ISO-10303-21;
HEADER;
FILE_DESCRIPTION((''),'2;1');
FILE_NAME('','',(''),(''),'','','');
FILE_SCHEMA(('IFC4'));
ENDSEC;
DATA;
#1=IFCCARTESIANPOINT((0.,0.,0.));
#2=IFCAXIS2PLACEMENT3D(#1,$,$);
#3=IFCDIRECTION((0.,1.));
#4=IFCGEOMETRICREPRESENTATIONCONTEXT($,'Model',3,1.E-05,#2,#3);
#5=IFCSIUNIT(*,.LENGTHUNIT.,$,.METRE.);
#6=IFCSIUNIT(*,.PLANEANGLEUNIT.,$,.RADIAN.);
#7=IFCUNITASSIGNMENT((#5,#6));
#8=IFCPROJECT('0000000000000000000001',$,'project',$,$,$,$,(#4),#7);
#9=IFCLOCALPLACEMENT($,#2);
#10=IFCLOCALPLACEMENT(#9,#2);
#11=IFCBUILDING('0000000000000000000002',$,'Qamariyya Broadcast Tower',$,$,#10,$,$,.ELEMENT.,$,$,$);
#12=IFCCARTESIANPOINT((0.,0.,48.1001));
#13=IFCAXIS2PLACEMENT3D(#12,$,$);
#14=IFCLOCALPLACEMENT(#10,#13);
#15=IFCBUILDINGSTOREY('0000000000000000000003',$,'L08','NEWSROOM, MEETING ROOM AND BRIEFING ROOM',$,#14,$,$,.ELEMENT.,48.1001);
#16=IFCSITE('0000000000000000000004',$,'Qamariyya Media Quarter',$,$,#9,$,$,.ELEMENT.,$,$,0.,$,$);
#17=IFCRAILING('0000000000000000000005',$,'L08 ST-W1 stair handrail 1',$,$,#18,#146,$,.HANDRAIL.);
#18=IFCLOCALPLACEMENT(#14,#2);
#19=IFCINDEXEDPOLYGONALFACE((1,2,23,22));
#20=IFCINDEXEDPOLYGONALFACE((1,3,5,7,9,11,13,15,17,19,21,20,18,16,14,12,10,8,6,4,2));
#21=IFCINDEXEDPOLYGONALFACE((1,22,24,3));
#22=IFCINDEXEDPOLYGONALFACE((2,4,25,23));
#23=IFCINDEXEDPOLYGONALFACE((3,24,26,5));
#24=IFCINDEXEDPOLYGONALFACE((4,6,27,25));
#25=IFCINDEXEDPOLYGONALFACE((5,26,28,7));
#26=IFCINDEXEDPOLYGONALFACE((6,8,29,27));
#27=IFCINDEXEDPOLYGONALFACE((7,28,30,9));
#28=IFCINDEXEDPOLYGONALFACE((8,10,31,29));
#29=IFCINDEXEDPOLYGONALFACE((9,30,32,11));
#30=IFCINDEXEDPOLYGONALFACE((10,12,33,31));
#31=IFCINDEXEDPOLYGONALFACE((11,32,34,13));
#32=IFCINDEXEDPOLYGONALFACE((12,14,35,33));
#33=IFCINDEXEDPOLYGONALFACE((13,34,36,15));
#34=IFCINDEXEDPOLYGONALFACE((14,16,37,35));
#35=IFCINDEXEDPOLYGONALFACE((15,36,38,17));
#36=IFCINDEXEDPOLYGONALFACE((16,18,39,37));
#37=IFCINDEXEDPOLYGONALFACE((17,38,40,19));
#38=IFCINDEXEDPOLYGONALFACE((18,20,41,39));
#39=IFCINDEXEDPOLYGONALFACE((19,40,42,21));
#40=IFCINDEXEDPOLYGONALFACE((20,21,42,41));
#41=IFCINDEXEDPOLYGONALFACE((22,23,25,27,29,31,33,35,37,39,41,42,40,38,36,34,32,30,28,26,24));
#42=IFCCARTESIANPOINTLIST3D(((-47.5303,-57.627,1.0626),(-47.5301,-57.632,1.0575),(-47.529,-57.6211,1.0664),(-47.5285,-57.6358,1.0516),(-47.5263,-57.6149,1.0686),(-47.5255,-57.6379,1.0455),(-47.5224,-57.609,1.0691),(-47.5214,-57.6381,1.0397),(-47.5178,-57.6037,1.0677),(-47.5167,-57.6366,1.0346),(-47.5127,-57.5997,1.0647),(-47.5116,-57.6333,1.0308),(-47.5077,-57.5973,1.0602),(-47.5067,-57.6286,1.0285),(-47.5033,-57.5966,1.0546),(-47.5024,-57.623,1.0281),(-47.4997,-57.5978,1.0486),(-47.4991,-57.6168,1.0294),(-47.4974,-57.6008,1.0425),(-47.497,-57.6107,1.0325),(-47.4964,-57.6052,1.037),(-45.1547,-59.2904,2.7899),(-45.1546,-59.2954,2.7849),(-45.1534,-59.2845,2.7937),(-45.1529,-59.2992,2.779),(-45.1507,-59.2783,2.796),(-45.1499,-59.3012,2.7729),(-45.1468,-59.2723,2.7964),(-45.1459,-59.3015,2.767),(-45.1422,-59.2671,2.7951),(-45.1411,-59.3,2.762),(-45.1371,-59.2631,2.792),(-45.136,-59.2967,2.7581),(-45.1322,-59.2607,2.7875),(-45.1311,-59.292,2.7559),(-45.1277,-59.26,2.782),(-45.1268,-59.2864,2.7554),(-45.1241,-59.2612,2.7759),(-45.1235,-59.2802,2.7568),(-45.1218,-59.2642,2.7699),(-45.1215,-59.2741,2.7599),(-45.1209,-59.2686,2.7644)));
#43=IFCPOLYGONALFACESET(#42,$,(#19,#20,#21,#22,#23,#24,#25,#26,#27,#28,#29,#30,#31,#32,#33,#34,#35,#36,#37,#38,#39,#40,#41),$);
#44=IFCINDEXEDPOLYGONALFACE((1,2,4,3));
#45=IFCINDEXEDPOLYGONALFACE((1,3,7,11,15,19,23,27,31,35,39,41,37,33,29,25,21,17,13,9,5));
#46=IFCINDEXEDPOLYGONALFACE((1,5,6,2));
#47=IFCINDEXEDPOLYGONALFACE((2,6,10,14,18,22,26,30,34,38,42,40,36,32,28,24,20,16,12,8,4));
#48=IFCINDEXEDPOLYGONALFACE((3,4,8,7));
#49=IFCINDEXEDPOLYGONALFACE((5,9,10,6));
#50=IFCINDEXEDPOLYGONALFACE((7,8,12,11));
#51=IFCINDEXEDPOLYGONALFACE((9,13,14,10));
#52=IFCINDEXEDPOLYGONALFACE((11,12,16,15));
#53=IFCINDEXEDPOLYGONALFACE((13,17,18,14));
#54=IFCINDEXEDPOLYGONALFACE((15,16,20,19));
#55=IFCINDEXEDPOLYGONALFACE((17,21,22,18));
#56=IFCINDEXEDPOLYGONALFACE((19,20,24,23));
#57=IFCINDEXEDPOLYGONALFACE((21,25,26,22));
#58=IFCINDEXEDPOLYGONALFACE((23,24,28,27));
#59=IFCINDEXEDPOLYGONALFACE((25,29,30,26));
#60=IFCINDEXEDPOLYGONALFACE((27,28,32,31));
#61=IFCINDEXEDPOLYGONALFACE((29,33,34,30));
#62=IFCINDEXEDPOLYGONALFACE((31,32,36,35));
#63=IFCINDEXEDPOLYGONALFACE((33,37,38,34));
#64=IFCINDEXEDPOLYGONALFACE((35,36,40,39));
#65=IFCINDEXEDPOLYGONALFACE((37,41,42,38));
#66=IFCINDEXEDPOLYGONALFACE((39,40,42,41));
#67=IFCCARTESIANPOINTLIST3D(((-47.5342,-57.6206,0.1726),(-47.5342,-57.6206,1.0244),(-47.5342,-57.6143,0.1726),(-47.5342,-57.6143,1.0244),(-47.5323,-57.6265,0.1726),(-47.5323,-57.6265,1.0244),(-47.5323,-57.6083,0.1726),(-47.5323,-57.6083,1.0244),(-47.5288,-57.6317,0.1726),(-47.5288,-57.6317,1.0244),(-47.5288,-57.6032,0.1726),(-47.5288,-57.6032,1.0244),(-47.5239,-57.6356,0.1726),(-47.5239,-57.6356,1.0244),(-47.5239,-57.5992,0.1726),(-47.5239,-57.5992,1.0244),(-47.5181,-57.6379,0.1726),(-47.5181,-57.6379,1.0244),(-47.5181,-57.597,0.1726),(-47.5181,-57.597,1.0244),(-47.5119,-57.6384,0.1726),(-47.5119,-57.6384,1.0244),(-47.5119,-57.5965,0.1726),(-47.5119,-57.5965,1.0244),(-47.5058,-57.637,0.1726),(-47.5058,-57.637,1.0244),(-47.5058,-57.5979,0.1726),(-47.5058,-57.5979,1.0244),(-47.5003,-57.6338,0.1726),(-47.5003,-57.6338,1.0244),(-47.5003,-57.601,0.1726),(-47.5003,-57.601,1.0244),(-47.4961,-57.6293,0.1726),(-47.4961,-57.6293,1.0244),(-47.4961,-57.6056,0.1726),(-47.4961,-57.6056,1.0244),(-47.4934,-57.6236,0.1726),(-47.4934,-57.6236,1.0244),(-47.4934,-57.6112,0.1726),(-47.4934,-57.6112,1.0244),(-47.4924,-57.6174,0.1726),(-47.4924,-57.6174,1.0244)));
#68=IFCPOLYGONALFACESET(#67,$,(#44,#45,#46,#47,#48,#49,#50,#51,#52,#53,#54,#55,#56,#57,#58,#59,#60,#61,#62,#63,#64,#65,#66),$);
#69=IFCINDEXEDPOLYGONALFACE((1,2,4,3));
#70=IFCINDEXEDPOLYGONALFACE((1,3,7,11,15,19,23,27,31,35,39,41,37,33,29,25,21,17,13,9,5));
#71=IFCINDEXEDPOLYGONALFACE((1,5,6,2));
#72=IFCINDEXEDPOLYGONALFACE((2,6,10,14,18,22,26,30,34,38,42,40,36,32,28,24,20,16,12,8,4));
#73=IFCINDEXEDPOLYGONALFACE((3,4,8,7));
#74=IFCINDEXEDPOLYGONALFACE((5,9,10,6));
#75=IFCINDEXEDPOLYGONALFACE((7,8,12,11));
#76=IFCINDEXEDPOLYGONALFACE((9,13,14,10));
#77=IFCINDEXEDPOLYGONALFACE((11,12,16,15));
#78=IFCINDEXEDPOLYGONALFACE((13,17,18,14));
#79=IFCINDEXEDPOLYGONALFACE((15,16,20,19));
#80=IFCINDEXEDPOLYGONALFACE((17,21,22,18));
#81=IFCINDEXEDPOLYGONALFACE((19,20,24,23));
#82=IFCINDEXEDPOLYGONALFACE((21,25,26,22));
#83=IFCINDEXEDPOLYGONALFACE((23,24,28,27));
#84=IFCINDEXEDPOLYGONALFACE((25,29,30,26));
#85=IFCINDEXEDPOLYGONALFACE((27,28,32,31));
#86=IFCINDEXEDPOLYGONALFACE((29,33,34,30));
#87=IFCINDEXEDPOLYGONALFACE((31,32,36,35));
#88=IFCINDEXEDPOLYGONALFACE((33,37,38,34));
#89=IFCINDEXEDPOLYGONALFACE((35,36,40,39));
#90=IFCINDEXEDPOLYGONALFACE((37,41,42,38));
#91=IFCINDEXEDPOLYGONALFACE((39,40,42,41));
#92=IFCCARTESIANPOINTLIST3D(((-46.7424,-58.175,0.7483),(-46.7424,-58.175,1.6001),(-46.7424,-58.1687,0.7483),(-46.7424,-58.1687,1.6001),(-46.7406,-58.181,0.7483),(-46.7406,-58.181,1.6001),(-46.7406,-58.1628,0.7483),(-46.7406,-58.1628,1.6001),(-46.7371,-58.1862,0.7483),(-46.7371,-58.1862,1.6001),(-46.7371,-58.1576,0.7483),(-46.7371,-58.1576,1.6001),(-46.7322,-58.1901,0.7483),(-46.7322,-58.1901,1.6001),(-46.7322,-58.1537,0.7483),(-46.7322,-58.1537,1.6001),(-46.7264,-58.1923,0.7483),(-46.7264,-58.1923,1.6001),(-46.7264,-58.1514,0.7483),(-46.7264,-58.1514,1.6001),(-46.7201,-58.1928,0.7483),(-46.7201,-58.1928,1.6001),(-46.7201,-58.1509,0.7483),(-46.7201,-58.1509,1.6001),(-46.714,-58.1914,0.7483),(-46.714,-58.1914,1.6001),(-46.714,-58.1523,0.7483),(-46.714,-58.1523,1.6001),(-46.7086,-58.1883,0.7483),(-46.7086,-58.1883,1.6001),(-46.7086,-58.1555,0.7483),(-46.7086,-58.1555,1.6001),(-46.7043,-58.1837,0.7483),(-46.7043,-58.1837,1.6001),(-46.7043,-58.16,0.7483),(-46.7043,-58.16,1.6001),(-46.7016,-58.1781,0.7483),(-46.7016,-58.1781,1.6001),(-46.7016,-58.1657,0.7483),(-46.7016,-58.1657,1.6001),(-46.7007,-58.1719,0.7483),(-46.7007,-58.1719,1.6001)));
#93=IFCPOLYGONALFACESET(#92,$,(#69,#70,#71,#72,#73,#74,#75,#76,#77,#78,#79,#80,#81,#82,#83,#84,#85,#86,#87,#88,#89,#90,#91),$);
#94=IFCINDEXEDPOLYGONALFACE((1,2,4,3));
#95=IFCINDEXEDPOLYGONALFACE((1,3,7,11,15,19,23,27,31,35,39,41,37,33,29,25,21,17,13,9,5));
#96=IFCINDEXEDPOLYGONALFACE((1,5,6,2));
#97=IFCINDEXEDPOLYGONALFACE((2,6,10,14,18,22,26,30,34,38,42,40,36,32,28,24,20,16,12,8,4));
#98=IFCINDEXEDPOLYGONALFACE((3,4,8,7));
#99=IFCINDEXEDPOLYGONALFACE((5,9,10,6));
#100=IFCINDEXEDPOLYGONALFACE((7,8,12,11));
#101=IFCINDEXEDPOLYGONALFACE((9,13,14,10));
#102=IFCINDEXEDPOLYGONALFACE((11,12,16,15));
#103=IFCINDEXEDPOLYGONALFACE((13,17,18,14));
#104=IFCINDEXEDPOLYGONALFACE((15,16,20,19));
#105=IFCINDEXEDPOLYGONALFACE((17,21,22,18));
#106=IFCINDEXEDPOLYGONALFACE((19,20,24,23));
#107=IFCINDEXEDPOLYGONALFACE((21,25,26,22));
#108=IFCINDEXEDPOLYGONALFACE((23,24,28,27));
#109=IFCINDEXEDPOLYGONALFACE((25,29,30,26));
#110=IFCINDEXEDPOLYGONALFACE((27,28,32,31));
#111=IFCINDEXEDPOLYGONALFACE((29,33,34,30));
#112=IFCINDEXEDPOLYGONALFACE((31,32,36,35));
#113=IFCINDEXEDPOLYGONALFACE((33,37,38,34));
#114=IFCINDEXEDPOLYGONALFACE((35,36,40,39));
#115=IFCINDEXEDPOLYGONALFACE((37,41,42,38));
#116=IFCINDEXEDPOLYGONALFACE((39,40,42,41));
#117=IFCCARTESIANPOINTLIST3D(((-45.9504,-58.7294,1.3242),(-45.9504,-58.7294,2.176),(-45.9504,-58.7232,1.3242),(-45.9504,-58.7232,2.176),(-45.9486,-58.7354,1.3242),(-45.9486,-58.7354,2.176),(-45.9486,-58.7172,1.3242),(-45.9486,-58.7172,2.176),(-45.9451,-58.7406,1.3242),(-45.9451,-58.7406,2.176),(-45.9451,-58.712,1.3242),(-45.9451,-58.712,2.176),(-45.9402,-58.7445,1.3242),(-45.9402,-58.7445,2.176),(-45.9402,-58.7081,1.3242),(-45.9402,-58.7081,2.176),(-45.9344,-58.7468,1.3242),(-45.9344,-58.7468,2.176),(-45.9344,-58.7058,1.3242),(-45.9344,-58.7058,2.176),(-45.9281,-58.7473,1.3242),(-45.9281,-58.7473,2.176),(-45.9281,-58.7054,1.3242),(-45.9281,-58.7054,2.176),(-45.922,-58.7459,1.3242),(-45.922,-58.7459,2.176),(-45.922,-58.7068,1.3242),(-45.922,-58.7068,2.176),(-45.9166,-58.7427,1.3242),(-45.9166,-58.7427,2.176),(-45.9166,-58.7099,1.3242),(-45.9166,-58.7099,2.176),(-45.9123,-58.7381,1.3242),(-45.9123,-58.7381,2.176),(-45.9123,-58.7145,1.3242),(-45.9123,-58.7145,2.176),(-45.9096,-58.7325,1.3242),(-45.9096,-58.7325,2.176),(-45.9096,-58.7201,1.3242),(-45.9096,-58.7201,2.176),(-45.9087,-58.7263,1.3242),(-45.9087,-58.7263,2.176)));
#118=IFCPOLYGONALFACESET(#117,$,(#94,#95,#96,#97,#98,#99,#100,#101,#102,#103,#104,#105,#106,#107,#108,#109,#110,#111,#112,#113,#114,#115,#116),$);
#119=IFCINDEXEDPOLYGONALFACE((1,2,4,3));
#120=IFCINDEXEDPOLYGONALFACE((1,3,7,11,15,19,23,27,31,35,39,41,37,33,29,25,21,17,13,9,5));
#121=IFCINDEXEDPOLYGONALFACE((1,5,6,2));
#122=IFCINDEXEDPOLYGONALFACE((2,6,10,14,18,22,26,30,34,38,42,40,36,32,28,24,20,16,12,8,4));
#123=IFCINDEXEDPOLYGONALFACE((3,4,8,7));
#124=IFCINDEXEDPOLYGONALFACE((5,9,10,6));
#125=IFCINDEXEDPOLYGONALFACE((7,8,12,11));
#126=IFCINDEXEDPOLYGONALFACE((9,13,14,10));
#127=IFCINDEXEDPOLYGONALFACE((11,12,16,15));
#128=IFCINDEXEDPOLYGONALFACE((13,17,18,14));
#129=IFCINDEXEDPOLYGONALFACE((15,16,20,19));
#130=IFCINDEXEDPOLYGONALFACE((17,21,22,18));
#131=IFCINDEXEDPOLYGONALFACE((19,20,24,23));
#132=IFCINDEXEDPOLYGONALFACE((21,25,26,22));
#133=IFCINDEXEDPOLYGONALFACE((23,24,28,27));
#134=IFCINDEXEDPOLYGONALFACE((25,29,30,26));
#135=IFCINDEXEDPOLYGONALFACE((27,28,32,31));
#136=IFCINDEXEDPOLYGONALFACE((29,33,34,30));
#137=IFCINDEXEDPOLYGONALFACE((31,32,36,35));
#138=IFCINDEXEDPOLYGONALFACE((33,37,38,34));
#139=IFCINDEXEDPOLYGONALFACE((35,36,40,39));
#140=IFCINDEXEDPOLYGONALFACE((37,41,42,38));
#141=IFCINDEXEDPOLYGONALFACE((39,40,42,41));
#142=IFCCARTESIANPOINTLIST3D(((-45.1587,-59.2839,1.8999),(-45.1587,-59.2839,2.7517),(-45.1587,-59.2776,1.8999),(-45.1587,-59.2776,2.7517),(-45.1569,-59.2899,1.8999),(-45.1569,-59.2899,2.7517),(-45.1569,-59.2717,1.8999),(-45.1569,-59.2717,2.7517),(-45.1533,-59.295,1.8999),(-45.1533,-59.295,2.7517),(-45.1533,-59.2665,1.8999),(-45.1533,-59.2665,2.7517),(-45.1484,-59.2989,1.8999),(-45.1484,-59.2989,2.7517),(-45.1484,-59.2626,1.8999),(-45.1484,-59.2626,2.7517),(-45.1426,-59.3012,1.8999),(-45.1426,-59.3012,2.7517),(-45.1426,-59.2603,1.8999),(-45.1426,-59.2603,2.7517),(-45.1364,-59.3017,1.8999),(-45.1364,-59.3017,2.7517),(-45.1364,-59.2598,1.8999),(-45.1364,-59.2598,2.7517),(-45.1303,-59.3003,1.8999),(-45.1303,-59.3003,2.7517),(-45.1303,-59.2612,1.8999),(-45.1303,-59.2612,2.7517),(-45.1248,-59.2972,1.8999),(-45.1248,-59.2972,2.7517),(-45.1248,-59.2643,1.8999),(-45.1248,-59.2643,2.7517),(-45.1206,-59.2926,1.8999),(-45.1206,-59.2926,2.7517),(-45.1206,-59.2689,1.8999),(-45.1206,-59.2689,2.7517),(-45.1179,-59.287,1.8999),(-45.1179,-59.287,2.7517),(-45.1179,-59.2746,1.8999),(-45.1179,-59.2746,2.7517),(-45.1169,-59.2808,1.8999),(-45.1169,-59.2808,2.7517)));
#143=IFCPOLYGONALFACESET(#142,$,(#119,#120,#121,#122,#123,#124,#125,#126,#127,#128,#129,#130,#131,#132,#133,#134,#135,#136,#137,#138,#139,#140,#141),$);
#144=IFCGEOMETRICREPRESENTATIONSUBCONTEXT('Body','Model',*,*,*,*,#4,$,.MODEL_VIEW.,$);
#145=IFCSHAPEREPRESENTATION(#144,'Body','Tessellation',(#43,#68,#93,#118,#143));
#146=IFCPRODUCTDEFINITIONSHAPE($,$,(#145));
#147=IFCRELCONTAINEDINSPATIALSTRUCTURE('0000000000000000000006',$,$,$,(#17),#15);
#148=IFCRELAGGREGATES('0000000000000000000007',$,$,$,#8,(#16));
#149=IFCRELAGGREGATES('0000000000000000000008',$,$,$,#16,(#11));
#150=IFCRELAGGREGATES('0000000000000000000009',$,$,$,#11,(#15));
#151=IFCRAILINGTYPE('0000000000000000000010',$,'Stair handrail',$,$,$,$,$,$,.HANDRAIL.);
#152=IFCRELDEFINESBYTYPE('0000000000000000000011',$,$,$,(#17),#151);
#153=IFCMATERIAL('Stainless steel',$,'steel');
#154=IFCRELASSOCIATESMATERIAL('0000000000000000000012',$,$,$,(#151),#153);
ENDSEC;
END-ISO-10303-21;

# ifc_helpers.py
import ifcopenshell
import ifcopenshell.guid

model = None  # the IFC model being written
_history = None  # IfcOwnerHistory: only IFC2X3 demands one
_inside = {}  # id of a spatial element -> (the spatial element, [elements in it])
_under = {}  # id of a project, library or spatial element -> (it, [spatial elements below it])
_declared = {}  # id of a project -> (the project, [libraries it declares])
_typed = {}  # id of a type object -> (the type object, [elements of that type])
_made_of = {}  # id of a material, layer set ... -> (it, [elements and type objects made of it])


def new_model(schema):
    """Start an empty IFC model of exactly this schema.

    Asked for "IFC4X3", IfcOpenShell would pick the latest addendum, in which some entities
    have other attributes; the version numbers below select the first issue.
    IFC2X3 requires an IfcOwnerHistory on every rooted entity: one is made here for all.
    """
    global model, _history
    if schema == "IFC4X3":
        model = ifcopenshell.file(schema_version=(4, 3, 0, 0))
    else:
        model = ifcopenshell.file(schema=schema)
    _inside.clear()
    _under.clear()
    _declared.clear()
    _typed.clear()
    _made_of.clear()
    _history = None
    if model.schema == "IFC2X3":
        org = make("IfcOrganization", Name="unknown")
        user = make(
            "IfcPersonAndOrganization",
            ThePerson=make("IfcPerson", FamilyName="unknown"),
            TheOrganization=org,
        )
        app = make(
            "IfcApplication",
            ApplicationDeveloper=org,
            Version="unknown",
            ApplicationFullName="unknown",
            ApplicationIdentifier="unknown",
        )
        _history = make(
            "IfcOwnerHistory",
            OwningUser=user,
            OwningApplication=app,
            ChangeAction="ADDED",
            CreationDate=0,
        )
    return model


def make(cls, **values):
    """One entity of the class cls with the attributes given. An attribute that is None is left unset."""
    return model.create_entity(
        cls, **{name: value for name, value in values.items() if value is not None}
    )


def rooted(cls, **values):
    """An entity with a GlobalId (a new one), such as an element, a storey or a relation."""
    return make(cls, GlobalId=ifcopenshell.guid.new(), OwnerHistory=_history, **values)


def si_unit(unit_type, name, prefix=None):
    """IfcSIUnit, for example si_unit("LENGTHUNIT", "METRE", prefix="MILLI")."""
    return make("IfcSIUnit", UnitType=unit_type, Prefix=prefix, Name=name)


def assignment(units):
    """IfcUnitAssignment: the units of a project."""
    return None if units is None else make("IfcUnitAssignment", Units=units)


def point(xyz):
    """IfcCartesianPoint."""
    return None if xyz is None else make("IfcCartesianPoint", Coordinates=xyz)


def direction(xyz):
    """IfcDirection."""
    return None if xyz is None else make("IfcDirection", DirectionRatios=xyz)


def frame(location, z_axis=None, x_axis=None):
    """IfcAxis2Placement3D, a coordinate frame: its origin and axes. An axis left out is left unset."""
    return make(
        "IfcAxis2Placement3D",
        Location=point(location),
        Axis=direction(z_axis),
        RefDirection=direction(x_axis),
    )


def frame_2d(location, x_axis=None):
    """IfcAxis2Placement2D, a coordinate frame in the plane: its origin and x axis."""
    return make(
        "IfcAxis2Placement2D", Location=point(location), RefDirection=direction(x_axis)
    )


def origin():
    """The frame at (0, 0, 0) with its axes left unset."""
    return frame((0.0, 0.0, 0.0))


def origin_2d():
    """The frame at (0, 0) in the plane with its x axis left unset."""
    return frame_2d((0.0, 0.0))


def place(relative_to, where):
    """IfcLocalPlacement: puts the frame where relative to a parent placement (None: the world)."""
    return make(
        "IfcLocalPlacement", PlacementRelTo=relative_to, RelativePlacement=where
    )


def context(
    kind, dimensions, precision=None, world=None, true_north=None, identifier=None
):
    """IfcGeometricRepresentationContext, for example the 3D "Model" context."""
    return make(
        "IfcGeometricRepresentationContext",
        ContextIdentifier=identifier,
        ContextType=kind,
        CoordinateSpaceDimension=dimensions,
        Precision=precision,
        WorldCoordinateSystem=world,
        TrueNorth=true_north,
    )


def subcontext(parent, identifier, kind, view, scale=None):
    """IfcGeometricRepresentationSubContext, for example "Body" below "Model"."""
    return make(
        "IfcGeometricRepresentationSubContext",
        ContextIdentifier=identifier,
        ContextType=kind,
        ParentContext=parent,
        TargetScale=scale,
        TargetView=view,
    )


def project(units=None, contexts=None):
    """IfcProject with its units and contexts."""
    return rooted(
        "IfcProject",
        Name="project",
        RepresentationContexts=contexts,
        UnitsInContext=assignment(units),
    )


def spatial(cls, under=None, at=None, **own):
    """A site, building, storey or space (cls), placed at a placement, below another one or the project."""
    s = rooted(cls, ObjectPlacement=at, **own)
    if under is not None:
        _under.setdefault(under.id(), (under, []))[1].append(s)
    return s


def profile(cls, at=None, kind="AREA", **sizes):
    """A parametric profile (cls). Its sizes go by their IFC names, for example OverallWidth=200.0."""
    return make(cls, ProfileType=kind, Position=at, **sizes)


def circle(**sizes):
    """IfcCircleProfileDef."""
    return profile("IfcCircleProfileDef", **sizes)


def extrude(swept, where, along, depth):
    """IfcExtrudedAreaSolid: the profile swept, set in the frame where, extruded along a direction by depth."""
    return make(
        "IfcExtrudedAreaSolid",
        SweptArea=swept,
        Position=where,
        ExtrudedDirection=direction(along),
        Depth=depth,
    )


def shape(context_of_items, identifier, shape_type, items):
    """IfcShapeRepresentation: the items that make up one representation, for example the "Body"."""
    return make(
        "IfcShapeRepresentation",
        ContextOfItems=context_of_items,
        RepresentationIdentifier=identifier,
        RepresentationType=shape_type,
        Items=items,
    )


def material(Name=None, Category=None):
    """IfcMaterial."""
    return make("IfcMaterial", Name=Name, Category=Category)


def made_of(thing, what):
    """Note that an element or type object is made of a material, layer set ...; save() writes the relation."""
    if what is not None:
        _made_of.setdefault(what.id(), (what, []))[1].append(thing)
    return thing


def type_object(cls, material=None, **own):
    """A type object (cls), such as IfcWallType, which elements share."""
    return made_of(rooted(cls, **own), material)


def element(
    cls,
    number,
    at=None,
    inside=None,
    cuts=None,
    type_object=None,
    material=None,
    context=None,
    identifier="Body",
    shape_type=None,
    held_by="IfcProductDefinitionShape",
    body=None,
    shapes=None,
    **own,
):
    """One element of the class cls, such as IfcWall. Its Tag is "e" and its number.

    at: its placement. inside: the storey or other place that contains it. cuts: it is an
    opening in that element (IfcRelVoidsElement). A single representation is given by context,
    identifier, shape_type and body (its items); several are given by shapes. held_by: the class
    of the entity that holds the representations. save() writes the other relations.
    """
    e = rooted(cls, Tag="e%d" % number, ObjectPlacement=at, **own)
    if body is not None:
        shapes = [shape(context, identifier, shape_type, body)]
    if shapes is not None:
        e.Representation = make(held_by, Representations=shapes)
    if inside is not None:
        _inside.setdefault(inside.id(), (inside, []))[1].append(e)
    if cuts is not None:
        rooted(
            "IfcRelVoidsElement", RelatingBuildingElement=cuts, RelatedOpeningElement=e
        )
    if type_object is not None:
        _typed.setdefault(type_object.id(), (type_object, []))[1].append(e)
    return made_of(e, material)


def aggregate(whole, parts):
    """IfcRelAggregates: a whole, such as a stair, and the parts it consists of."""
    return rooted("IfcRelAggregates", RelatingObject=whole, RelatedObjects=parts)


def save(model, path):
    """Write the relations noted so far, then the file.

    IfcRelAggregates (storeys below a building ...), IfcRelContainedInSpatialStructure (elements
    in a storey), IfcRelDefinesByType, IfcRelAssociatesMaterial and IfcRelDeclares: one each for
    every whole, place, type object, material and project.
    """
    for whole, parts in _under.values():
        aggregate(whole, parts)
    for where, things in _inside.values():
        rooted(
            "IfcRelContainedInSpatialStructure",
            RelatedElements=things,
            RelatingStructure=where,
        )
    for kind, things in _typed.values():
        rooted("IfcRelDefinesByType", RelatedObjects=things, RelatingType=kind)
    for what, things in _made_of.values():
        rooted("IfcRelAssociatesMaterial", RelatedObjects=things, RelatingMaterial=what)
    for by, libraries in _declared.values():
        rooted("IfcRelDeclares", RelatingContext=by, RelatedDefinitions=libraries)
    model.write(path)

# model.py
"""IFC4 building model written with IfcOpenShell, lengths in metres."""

from ifc_helpers import new_model, si_unit, direction, frame, origin, origin_2d, place, context, subcontext, project, spatial, circle, extrude, material, type_object, element, save


model = new_model("IFC4")

# Units and contexts
model_context = context("Model", 3, precision=1e-05, world=origin(), true_north=direction((0.0, 1.0)))
body_context = subcontext(model_context, "Body", "Model", "MODEL_VIEW")
ifc_project = project(units=[si_unit("LENGTHUNIT", "METRE"), si_unit("PLANEANGLEUNIT", "RADIAN")], contexts=[model_context])

# Site, building, storey
site_placement = place(None, origin())
site = spatial("IfcSite", under=ifc_project, at=site_placement, Name="Qamariyya Media Quarter", CompositionType="ELEMENT", RefElevation=0.0)
building_placement = place(site_placement, origin())
building = spatial("IfcBuilding", under=site, at=building_placement, Name="Qamariyya Broadcast Tower", CompositionType="ELEMENT")
storey_placement = place(building_placement, frame((0.0, 0.0, 48.1001)))
storey = spatial("IfcBuildingStorey", under=building, at=storey_placement, Name="L08", Description="NEWSROOM, MEETING ROOM AND BRIEFING ROOM", CompositionType="ELEMENT", Elevation=48.1001)

# Railing
ifc_material_1 = material(Name="Stainless steel", Category="steel")
railing_type_1 = type_object("IfcRailingType", Name="Stair handrail", PredefinedType="HANDRAIL", material=ifc_material_1)
railing_1_placement = place(storey_placement, frame((-47.5134, -57.6174, 0.1726)))
element("IfcRailing", 1, at=railing_1_placement, inside=storey, type_object=railing_type_1, Name="L08 ST-W1 stair handrail 1", PredefinedType="HANDRAIL", context=body_context, shape_type="SweptSolid", body=[
    extrude(circle(Radius=0.0239, at=origin_2d()), frame((0.0, 0.0, 0.876), z_axis=(0.70377, -0.492784, 0.511734), x_axis=(0.573575, 0.819153, 0.0)), (0.0, 0.0, 1.0), 3.3755),
    extrude(circle(Radius=0.021, at=origin_2d()), origin(), (0.0, 0.0, 1.0), 0.8518),
    extrude(circle(Radius=0.021, at=origin_2d()), frame((0.7917, -0.5544, 0.5757)), (0.0, 0.0, 1.0), 0.8518),
    extrude(circle(Radius=0.021, at=origin_2d()), frame((1.5837, -1.1089, 1.1516)), (0.0, 0.0, 1.0), 0.8518),
    extrude(circle(Radius=0.021, at=origin_2d()), frame((2.3755, -1.6633, 1.7273)), (0.0, 0.0, 1.0), 0.8518),
])

save(model, "model.ifc")
